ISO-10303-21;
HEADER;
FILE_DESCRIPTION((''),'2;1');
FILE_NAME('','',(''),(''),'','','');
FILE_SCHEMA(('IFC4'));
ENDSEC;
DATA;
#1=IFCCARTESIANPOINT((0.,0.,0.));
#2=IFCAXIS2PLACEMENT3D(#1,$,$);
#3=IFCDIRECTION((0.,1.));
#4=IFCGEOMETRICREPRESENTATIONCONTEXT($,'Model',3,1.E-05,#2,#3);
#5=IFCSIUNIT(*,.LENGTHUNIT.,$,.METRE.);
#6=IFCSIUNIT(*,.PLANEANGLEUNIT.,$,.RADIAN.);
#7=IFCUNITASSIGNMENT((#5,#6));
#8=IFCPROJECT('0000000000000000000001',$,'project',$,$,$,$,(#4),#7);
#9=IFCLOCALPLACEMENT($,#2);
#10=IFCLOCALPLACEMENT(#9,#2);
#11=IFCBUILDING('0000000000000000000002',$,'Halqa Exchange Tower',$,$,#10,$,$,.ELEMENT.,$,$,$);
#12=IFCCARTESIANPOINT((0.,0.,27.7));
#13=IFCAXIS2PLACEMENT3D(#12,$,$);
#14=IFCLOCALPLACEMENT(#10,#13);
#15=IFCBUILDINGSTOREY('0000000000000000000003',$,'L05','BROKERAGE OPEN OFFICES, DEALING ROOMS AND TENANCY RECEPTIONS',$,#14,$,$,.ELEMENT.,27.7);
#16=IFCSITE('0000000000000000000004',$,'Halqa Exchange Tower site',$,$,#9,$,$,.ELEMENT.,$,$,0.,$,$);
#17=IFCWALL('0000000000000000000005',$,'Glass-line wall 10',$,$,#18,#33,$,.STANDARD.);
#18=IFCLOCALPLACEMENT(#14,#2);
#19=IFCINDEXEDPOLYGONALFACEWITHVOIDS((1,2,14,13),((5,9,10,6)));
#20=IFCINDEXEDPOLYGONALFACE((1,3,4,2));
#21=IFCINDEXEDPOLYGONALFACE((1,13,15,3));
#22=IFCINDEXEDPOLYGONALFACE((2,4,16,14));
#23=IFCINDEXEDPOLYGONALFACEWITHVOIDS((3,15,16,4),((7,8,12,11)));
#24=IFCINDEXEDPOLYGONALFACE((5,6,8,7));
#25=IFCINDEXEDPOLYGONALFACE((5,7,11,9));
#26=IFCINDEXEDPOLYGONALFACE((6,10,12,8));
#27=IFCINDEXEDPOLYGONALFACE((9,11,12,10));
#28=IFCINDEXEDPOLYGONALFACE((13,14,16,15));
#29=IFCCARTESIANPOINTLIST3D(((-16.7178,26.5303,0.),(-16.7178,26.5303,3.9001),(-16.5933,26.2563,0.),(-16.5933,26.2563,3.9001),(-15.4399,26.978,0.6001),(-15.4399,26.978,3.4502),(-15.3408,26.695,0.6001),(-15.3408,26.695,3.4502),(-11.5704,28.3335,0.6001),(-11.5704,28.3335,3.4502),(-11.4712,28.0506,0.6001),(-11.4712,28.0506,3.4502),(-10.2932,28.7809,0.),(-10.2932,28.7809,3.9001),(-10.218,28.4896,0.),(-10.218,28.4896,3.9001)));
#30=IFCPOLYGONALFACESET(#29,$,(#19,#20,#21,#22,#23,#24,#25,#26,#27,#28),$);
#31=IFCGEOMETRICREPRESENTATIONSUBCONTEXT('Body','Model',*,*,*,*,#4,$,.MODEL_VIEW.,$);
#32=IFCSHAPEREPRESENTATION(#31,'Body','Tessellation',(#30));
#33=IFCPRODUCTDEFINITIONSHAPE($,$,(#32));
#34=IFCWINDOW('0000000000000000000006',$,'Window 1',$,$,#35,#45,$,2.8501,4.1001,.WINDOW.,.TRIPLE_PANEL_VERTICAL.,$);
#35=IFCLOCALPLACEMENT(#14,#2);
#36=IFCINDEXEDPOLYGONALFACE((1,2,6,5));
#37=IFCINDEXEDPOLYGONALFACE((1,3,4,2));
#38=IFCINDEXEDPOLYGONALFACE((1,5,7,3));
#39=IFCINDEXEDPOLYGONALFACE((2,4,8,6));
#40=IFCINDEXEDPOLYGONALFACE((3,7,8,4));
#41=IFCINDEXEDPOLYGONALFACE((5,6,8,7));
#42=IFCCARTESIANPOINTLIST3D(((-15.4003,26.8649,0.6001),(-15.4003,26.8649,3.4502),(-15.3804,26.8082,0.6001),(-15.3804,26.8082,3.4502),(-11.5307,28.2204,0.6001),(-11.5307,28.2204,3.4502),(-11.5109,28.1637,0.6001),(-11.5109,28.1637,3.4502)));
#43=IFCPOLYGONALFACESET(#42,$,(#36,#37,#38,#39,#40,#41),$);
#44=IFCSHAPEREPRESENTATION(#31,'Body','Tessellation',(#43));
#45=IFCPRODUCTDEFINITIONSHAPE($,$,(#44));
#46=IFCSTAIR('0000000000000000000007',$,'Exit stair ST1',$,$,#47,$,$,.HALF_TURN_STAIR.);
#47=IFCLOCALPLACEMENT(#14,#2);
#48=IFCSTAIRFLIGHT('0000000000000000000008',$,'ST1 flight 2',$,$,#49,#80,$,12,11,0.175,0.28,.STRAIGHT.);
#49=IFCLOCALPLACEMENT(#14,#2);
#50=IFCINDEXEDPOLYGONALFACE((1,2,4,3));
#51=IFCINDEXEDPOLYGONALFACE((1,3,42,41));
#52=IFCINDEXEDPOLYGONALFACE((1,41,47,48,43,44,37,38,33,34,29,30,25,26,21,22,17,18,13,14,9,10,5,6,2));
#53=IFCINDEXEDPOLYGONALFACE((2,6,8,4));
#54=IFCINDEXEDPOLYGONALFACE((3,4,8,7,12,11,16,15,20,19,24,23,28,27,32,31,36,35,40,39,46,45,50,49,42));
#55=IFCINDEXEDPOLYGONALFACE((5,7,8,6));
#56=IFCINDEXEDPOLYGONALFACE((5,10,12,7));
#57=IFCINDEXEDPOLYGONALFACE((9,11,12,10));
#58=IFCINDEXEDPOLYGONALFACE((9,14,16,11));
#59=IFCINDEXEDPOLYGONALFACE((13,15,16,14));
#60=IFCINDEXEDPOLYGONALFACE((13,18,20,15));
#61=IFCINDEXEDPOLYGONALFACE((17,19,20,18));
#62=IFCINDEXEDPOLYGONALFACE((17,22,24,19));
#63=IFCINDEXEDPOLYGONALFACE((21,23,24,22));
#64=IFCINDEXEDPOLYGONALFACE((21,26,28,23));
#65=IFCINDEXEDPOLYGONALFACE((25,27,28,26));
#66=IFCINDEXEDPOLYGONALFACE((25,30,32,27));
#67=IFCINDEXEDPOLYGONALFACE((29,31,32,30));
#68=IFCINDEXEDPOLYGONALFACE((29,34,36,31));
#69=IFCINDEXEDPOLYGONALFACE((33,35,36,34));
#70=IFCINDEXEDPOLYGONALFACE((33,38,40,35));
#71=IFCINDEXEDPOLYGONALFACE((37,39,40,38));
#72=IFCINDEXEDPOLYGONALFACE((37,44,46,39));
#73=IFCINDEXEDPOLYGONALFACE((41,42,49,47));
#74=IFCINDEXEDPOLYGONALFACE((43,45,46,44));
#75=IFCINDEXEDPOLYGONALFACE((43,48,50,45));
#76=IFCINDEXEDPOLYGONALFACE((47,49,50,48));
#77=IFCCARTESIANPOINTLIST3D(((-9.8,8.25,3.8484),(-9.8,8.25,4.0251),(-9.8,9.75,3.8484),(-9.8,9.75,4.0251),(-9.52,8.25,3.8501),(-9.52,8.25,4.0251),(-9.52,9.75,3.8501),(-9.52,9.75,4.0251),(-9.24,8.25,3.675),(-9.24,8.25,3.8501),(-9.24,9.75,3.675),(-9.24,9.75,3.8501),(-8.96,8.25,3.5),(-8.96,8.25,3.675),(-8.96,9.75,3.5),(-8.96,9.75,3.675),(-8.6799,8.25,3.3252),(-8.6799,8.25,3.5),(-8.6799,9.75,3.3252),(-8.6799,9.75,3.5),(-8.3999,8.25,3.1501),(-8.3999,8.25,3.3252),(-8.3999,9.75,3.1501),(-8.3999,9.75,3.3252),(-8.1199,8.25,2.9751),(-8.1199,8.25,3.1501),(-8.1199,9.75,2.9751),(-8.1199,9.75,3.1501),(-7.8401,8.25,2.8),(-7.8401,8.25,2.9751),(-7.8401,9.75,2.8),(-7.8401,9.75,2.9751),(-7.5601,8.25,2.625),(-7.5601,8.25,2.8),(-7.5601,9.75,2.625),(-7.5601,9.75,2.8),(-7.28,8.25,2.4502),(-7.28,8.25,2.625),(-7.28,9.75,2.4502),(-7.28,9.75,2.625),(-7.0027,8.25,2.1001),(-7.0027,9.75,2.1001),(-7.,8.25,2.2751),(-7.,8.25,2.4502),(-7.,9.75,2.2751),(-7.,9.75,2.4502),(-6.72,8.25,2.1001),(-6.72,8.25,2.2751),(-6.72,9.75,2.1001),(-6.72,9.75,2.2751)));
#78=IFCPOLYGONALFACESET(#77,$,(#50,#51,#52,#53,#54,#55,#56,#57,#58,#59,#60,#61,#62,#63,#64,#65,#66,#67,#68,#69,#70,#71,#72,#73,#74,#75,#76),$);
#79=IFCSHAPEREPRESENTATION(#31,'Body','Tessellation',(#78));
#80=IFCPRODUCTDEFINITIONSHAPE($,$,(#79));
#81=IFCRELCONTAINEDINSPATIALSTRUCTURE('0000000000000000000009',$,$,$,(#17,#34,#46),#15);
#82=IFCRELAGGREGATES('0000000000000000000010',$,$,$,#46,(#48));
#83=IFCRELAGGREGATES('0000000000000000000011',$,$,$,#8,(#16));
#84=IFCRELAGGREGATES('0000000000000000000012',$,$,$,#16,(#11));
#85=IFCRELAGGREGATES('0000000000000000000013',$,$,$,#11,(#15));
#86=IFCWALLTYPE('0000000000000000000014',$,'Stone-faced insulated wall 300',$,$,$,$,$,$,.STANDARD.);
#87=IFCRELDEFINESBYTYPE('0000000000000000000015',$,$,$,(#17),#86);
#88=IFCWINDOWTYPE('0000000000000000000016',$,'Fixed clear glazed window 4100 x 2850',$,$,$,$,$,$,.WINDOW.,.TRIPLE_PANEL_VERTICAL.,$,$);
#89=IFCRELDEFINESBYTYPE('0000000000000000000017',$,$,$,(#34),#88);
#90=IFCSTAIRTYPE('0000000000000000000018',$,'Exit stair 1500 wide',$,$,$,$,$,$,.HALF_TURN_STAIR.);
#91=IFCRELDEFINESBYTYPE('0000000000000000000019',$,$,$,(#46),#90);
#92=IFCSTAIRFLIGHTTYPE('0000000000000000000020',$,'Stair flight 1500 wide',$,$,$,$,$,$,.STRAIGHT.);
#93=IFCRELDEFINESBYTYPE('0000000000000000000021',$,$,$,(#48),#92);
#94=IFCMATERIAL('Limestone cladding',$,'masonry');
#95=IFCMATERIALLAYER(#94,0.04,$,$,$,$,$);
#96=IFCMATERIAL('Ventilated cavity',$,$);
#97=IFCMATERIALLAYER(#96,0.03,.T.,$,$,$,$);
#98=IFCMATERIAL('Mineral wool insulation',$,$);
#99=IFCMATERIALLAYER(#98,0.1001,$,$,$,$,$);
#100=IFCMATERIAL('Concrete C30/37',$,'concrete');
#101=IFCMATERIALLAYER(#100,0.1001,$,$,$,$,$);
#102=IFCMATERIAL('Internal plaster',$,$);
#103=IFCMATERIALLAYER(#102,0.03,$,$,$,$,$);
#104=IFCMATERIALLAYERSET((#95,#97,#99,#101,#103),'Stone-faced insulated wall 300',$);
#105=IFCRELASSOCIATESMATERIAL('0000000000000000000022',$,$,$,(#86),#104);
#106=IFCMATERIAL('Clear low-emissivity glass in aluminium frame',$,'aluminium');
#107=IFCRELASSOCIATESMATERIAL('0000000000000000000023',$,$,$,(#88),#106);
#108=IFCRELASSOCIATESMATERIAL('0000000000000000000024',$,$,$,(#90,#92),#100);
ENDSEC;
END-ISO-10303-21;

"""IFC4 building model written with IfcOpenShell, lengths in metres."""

from ifc_helpers import new_model, si_unit, direction, frame, frame_2d, origin, place, context, subcontext, project, spatial, polyline, rectangle, outline, extrude, material, layer, layer_set, type_object, element, fill, aggregate, save


model = new_model("IFC4")

# Units and contexts
model_context = context("Model", 3, precision=1e-05, world=origin(), true_north=direction((0.0, 1.0)))
body_context = subcontext(model_context, "Body", "Model", "MODEL_VIEW")
ifc_project = project(units=[si_unit("LENGTHUNIT", "METRE"), si_unit("PLANEANGLEUNIT", "RADIAN")], contexts=[model_context])

# Site, building, storey
site_placement = place(None, origin())
site = spatial("IfcSite", under=ifc_project, at=site_placement, Name="Halqa Exchange Tower site", CompositionType="ELEMENT", RefElevation=0.0)
building_placement = place(site_placement, origin())
building = spatial("IfcBuilding", under=site, at=building_placement, Name="Halqa Exchange Tower", CompositionType="ELEMENT")
storey_placement = place(building_placement, frame((0.0, 0.0, 27.7)))
storey = spatial("IfcBuildingStorey", under=building, at=storey_placement, Name="L05", Description="BROKERAGE OPEN OFFICES, DEALING ROOMS AND TENANCY RECEPTIONS", CompositionType="ELEMENT", Elevation=27.7)

# Shared definitions
ifc_material_1 = material(Name="Concrete C30/37", Category="concrete")

# Wall, opening, window
ifc_material_2 = material(Name="Limestone cladding", Category="masonry")
ifc_layer_1 = layer(ifc_material_2, 0.04)
ifc_material_3 = material(Name="Ventilated cavity")
ifc_layer_2 = layer(ifc_material_3, 0.03, ventilated=True)
ifc_material_4 = material(Name="Mineral wool insulation")
ifc_layer_3 = layer(ifc_material_4, 0.1001)
ifc_layer_4 = layer(ifc_material_1, 0.1001)
ifc_material_5 = material(Name="Internal plaster")
ifc_layer_5 = layer(ifc_material_5, 0.03)
ifc_layer_set_1 = layer_set([ifc_layer_1, ifc_layer_2, ifc_layer_3, ifc_layer_4, ifc_layer_5], Name="Stone-faced insulated wall 300")
wall_type_1 = type_object("IfcWallType", Name="Stone-faced insulated wall 300", PredefinedType="STANDARD", material=ifc_layer_set_1)
ifc_material_6 = material(Name="Clear low-emissivity glass in aluminium frame", Category="aluminium")
window_type = type_object("IfcWindowType", Name="Fixed clear glazed window 4100 x 2850", PartitioningType="TRIPLE_PANEL_VERTICAL", PredefinedType="WINDOW", material=ifc_material_6)
wall_1_placement = place(storey_placement, frame((-10.2556, 28.6353, 0.0), z_axis=(0.0, 0.0, 1.0), x_axis=(-0.943767, -0.33061, 0.0)))
wall_1 = element("IfcWall", 1, at=wall_1_placement, inside=storey, type_object=wall_type_1, Name="Glass-line wall 10", PredefinedType="STANDARD", context=body_context, shape_type="SweptSolid", body=[
    extrude(outline(polyline([(-0.0127, -0.1499), (6.7947, -0.1499), (6.7678, 0.1499), (0.0127, 0.1499), (-0.0127, -0.1499)])), origin(), (0.0, 0.0, 1.0), 3.9001),
])
opening_1_placement = place(wall_1_placement, frame((1.3406, 0.0, 0.6001)))
opening_1 = element("IfcOpeningElement", 2, at=opening_1_placement, cuts=wall_1, PredefinedType="OPENING", context=body_context, shape_type="SweptSolid", body=[
    extrude(rectangle(XDim=4.1001, YDim=2.8501, at=frame_2d((2.05, 1.425))), frame((0.0, 0.1621, 0.0), z_axis=(0.0, -1.0, 0.0), x_axis=(1.0, 0.0, 0.0)), (0.0, 0.0, 1.0), 0.324),
])
window_1_placement = place(opening_1_placement, origin())
window_1 = element("IfcWindow", 3, at=window_1_placement, inside=storey, type_object=window_type, Name="Window 1", OverallHeight=2.8501, OverallWidth=4.1001, PartitioningType="TRIPLE_PANEL_VERTICAL", PredefinedType="WINDOW", context=body_context, shape_type="SweptSolid", body=[
    extrude(rectangle(XDim=4.1001, YDim=2.8501, at=frame_2d((2.05, 1.425))), frame((0.0, 0.03, 0.0), z_axis=(0.0, -1.0, 0.0), x_axis=(1.0, 0.0, 0.0)), (0.0, 0.0, 1.0), 0.0601),
])
fill(opening_1, window_1)

# Stair, stair flight
stair_type = type_object("IfcStairType", Name="Exit stair 1500 wide", PredefinedType="HALF_TURN_STAIR", material=ifc_material_1)
stair_placement = place(storey_placement, origin())
stair = element("IfcStair", 4, at=stair_placement, inside=storey, type_object=stair_type, Name="Exit stair ST1", PredefinedType="HALF_TURN_STAIR")
stair_flight_type = type_object("IfcStairFlightType", Name="Stair flight 1500 wide", PredefinedType="STRAIGHT", material=ifc_material_1)
stair_flight_placement = place(storey_placement, frame((-6.72, 9.0, 2.1001), z_axis=(0.0, 0.0, 1.0), x_axis=(-1.0, 0.0, 0.0)))
stair_flight = element("IfcStairFlight", 5, at=stair_flight_placement, type_object=stair_flight_type, Name="ST1 flight 2", NumberOfRisers=12, NumberOfTreads=11, PredefinedType="STRAIGHT", RiserHeight=0.175, TreadLength=0.28, context=body_context, shape_type="SweptSolid", body=[
    extrude(outline(polyline([(0.0, 0.0), (0.0, 0.175), (0.28, 0.175), (0.28, 0.3501), (0.5601, 0.3501), (0.5601, 0.5249), (0.8401, 0.5249), (0.8401, 0.7), (1.1201, 0.7), (1.1201, 0.875), (1.3999, 0.875), (1.3999, 1.05), (1.6799, 1.05), (1.6799, 1.2251), (1.96, 1.2251), (1.96, 1.3999), (2.24, 1.3999), (2.24, 1.575), (2.52, 1.575), (2.52, 1.75), (2.8, 1.75), (2.8, 1.925), (3.0801, 1.925), (3.0801, 2.1001), (3.0801, 1.7483), (0.2827, 0.0), (0.0, 0.0)])), frame((0.0, 0.75, 0.0), z_axis=(0.0, -1.0, 0.0), x_axis=(1.0, 0.0, 0.0)), (0.0, 0.0, 1.0), 1.5),
])
aggregate(stair, [stair_flight])

save(model, "model.ifc")
